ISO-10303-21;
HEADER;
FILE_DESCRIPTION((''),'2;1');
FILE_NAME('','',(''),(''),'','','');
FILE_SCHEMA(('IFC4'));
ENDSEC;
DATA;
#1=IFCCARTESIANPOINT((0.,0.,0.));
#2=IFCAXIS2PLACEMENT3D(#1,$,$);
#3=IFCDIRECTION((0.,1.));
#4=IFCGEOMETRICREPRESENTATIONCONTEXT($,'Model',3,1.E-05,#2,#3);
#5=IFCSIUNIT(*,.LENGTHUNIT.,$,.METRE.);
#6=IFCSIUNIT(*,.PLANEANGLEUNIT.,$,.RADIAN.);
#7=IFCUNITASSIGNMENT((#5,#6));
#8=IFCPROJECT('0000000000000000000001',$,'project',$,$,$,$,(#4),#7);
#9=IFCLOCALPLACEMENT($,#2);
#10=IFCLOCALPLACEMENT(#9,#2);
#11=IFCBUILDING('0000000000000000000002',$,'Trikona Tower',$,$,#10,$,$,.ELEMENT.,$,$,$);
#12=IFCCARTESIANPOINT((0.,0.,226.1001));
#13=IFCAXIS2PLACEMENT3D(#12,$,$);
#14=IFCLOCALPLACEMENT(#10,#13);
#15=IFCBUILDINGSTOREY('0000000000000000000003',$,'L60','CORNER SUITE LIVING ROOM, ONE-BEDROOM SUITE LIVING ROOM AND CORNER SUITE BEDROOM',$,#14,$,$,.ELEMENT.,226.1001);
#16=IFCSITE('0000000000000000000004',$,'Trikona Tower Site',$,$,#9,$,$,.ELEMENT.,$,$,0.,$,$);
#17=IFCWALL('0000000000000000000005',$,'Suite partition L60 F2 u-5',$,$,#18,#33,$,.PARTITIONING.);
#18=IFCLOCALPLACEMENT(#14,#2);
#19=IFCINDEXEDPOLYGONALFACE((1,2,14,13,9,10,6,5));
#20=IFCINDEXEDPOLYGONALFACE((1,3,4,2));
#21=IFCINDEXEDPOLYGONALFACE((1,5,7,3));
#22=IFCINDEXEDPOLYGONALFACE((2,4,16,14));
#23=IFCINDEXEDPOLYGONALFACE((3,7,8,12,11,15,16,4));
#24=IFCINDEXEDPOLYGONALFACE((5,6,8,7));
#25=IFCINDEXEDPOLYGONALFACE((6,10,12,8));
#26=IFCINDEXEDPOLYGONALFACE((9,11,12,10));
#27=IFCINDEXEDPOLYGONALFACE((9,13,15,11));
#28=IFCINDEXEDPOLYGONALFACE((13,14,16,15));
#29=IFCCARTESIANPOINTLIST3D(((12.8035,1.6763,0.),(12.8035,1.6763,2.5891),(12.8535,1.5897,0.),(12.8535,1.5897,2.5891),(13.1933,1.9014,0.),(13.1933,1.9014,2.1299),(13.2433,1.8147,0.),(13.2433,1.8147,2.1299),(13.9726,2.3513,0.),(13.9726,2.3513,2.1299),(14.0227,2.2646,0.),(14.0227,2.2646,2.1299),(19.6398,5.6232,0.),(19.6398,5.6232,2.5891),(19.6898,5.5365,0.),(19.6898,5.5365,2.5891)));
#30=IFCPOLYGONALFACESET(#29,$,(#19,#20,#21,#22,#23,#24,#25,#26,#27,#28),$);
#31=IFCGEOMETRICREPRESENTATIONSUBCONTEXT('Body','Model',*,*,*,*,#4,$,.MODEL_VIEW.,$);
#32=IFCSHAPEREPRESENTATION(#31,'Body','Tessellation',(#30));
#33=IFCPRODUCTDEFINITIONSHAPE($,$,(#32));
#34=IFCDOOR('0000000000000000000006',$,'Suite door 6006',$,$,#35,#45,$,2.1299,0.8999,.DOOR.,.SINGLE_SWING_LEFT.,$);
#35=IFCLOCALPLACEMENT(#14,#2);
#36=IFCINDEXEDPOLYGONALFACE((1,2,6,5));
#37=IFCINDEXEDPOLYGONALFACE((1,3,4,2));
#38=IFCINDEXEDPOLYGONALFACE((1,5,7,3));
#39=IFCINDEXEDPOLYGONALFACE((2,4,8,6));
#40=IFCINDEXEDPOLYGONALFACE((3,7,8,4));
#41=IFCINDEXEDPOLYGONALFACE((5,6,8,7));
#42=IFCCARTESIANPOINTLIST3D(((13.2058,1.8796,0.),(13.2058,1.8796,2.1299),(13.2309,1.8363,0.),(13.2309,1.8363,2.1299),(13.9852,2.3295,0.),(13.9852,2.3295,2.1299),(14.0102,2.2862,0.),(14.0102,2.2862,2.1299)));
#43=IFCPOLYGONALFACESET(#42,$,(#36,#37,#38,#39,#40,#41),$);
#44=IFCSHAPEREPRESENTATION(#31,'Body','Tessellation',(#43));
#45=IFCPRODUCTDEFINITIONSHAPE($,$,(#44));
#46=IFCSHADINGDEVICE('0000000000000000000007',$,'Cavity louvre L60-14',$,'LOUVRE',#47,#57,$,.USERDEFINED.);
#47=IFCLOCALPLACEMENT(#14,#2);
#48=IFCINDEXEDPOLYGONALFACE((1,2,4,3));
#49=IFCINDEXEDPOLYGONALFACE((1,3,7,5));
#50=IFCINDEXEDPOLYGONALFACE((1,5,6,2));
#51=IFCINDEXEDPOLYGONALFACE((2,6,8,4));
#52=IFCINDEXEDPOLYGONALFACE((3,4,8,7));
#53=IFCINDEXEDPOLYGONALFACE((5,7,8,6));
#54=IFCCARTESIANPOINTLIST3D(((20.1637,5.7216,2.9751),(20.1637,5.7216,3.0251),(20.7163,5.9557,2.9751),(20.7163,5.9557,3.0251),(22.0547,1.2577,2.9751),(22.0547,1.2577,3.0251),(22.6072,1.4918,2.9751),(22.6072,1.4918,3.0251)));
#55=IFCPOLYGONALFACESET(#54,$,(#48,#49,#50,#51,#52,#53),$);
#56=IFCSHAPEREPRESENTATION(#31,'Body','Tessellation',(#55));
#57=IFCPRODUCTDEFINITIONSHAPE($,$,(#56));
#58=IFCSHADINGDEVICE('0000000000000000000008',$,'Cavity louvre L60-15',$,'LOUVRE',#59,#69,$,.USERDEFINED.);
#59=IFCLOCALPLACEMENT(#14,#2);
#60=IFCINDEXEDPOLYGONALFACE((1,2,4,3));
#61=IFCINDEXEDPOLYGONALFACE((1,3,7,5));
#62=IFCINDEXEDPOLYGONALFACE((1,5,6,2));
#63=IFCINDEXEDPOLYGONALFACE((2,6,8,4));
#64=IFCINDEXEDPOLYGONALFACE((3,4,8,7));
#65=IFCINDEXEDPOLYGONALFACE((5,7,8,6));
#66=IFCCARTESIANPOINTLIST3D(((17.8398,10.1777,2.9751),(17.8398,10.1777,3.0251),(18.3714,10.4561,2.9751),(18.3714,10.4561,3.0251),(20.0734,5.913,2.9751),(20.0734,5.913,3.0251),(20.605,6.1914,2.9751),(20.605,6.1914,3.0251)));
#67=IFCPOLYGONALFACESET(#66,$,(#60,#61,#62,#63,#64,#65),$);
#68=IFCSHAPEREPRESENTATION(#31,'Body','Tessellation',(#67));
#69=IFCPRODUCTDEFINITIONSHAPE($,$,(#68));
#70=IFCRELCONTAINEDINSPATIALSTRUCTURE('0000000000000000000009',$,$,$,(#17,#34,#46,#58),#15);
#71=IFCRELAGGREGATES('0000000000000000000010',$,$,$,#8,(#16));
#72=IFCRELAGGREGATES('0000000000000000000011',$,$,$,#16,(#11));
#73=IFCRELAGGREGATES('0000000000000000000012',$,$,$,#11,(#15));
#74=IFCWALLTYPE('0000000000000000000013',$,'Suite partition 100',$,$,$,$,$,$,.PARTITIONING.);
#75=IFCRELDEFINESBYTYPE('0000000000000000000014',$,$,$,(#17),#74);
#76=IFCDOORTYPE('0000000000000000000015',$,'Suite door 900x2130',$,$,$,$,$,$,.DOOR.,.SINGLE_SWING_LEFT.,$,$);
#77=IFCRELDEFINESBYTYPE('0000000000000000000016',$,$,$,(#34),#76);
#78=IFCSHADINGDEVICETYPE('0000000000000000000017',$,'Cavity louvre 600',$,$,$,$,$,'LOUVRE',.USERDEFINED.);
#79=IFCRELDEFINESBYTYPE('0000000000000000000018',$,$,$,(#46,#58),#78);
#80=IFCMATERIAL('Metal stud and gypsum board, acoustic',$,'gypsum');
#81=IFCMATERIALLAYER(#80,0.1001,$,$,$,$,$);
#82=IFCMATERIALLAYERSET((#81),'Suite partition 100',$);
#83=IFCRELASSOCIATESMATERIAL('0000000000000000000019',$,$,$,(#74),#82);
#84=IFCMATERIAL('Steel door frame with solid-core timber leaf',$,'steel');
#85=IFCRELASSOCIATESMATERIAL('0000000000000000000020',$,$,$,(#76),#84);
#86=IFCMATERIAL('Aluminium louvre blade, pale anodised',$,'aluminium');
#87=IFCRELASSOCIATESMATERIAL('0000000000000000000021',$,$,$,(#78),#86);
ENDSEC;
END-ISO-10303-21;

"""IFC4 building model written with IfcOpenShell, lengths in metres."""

from ifc_helpers import new_model, si_unit, direction, frame, frame_2d, origin, origin_2d, place, context, subcontext, project, spatial, rectangle, extrude, material, layer, layer_set, type_object, element, fill, save


model = new_model("IFC4")

# Units and contexts
model_context = context("Model", 3, precision=1e-05, world=origin(), true_north=direction((0.0, 1.0)))
body_context = subcontext(model_context, "Body", "Model", "MODEL_VIEW")
ifc_project = project(units=[si_unit("LENGTHUNIT", "METRE"), si_unit("PLANEANGLEUNIT", "RADIAN")], contexts=[model_context])

# Site, building, storey
site_placement = place(None, origin())
site = spatial("IfcSite", under=ifc_project, at=site_placement, Name="Trikona Tower Site", CompositionType="ELEMENT", RefElevation=0.0)
building_placement = place(site_placement, origin())
building = spatial("IfcBuilding", under=site, at=building_placement, Name="Trikona Tower", CompositionType="ELEMENT")
storey_placement = place(building_placement, frame((0.0, 0.0, 226.1001)))
storey = spatial("IfcBuildingStorey", under=building, at=storey_placement, Name="L60", Description="CORNER SUITE LIVING ROOM, ONE-BEDROOM SUITE LIVING ROOM AND CORNER SUITE BEDROOM", CompositionType="ELEMENT", Elevation=226.1001)

# Wall, opening, door
ifc_material_1 = material(Name="Metal stud and gypsum board, acoustic", Category="gypsum")
ifc_layer_1 = layer(ifc_material_1, 0.1001)
ifc_layer_set_1 = layer_set([ifc_layer_1], Name="Suite partition 100")
wall_type_1 = type_object("IfcWallType", Name="Suite partition 100", PredefinedType="PARTITIONING", material=ifc_layer_set_1)
wall_1_placement = place(storey_placement, frame((12.8286, 1.6331, 0.0), z_axis=(0.0, 0.0, 1.0), x_axis=(0.866031, 0.499991, 0.0)))
wall_1 = element("IfcWall", 1, at=wall_1_placement, inside=storey, type_object=wall_type_1, Name="Suite partition L60 F2 u-5", PredefinedType="PARTITIONING", context=body_context, shape_type="SweptSolid", body=[
    extrude(rectangle(XDim=7.8938, YDim=0.1001, at=frame_2d((3.9468, 0.0))), origin(), (0.0, 0.0, 1.0), 2.5891),
])
opening_1_placement = place(wall_1_placement, frame((0.45, 0.0, 0.0)))
opening_1 = element("IfcOpeningElement", 2, at=opening_1_placement, cuts=wall_1, PredefinedType="OPENING", context=body_context, shape_type="SweptSolid", body=[
    extrude(rectangle(XDim=0.8999, YDim=2.1299, at=frame_2d((0.45, 1.0649))), frame((0.0, 0.0601, 0.0), z_axis=(0.0, -1.0, 0.0), x_axis=(1.0, 0.0, 0.0)), (0.0, 0.0, 1.0), 0.1201),
])
ifc_material_2 = material(Name="Steel door frame with solid-core timber leaf", Category="steel")
door_type = type_object("IfcDoorType", Name="Suite door 900x2130", OperationType="SINGLE_SWING_LEFT", PredefinedType="DOOR", material=ifc_material_2)
door_placement = place(opening_1_placement, origin())
door = element("IfcDoor", 3, at=door_placement, inside=storey, type_object=door_type, Name="Suite door 6006", OperationType="SINGLE_SWING_LEFT", OverallHeight=2.1299, OverallWidth=0.8999, PredefinedType="DOOR", context=body_context, shape_type="SweptSolid", body=[
    extrude(rectangle(XDim=0.8999, YDim=2.1299, at=frame_2d((0.45, 1.0649))), frame((0.0, 0.0249, 0.0), z_axis=(0.0, -1.0, 0.0), x_axis=(1.0, 0.0, 0.0)), (0.0, 0.0, 1.0), 0.05),
])
fill(opening_1, door)

# Shading devices
ifc_material_3 = material(Name="Aluminium louvre blade, pale anodised", Category="aluminium")
shading_device_type = type_object("IfcShadingDeviceType", Name="Cavity louvre 600", ElementType="LOUVRE", PredefinedType="USERDEFINED", material=ifc_material_3)
shading_device_1_placement = place(storey_placement, frame((21.3855, 3.6067, 2.9751), z_axis=(0.0, 0.0, 1.0), x_axis=(-0.390051, 0.920793, 0.0)))
element("IfcShadingDevice", 4, at=shading_device_1_placement, inside=storey, type_object=shading_device_type, Name="Cavity louvre L60-14", ObjectType="LOUVRE", PredefinedType="USERDEFINED", context=body_context, shape_type="SweptSolid", body=[
    extrude(rectangle(XDim=4.8479, YDim=0.6001, at=origin_2d()), origin(), (0.0, 0.0, 1.0), 0.05),
])
shading_device_2_placement = place(storey_placement, frame((19.2224, 8.1846, 2.9751), z_axis=(0.0, 0.0, 1.0), x_axis=(-0.463952, 0.88586, 0.0)))
element("IfcShadingDevice", 5, at=shading_device_2_placement, inside=storey, type_object=shading_device_type, Name="Cavity louvre L60-15", ObjectType="LOUVRE", PredefinedType="USERDEFINED", context=body_context, shape_type="SweptSolid", body=[
    extrude(rectangle(XDim=4.8142, YDim=0.6001, at=origin_2d()), origin(), (0.0, 0.0, 1.0), 0.05),
])

save(model, "model.ifc")
